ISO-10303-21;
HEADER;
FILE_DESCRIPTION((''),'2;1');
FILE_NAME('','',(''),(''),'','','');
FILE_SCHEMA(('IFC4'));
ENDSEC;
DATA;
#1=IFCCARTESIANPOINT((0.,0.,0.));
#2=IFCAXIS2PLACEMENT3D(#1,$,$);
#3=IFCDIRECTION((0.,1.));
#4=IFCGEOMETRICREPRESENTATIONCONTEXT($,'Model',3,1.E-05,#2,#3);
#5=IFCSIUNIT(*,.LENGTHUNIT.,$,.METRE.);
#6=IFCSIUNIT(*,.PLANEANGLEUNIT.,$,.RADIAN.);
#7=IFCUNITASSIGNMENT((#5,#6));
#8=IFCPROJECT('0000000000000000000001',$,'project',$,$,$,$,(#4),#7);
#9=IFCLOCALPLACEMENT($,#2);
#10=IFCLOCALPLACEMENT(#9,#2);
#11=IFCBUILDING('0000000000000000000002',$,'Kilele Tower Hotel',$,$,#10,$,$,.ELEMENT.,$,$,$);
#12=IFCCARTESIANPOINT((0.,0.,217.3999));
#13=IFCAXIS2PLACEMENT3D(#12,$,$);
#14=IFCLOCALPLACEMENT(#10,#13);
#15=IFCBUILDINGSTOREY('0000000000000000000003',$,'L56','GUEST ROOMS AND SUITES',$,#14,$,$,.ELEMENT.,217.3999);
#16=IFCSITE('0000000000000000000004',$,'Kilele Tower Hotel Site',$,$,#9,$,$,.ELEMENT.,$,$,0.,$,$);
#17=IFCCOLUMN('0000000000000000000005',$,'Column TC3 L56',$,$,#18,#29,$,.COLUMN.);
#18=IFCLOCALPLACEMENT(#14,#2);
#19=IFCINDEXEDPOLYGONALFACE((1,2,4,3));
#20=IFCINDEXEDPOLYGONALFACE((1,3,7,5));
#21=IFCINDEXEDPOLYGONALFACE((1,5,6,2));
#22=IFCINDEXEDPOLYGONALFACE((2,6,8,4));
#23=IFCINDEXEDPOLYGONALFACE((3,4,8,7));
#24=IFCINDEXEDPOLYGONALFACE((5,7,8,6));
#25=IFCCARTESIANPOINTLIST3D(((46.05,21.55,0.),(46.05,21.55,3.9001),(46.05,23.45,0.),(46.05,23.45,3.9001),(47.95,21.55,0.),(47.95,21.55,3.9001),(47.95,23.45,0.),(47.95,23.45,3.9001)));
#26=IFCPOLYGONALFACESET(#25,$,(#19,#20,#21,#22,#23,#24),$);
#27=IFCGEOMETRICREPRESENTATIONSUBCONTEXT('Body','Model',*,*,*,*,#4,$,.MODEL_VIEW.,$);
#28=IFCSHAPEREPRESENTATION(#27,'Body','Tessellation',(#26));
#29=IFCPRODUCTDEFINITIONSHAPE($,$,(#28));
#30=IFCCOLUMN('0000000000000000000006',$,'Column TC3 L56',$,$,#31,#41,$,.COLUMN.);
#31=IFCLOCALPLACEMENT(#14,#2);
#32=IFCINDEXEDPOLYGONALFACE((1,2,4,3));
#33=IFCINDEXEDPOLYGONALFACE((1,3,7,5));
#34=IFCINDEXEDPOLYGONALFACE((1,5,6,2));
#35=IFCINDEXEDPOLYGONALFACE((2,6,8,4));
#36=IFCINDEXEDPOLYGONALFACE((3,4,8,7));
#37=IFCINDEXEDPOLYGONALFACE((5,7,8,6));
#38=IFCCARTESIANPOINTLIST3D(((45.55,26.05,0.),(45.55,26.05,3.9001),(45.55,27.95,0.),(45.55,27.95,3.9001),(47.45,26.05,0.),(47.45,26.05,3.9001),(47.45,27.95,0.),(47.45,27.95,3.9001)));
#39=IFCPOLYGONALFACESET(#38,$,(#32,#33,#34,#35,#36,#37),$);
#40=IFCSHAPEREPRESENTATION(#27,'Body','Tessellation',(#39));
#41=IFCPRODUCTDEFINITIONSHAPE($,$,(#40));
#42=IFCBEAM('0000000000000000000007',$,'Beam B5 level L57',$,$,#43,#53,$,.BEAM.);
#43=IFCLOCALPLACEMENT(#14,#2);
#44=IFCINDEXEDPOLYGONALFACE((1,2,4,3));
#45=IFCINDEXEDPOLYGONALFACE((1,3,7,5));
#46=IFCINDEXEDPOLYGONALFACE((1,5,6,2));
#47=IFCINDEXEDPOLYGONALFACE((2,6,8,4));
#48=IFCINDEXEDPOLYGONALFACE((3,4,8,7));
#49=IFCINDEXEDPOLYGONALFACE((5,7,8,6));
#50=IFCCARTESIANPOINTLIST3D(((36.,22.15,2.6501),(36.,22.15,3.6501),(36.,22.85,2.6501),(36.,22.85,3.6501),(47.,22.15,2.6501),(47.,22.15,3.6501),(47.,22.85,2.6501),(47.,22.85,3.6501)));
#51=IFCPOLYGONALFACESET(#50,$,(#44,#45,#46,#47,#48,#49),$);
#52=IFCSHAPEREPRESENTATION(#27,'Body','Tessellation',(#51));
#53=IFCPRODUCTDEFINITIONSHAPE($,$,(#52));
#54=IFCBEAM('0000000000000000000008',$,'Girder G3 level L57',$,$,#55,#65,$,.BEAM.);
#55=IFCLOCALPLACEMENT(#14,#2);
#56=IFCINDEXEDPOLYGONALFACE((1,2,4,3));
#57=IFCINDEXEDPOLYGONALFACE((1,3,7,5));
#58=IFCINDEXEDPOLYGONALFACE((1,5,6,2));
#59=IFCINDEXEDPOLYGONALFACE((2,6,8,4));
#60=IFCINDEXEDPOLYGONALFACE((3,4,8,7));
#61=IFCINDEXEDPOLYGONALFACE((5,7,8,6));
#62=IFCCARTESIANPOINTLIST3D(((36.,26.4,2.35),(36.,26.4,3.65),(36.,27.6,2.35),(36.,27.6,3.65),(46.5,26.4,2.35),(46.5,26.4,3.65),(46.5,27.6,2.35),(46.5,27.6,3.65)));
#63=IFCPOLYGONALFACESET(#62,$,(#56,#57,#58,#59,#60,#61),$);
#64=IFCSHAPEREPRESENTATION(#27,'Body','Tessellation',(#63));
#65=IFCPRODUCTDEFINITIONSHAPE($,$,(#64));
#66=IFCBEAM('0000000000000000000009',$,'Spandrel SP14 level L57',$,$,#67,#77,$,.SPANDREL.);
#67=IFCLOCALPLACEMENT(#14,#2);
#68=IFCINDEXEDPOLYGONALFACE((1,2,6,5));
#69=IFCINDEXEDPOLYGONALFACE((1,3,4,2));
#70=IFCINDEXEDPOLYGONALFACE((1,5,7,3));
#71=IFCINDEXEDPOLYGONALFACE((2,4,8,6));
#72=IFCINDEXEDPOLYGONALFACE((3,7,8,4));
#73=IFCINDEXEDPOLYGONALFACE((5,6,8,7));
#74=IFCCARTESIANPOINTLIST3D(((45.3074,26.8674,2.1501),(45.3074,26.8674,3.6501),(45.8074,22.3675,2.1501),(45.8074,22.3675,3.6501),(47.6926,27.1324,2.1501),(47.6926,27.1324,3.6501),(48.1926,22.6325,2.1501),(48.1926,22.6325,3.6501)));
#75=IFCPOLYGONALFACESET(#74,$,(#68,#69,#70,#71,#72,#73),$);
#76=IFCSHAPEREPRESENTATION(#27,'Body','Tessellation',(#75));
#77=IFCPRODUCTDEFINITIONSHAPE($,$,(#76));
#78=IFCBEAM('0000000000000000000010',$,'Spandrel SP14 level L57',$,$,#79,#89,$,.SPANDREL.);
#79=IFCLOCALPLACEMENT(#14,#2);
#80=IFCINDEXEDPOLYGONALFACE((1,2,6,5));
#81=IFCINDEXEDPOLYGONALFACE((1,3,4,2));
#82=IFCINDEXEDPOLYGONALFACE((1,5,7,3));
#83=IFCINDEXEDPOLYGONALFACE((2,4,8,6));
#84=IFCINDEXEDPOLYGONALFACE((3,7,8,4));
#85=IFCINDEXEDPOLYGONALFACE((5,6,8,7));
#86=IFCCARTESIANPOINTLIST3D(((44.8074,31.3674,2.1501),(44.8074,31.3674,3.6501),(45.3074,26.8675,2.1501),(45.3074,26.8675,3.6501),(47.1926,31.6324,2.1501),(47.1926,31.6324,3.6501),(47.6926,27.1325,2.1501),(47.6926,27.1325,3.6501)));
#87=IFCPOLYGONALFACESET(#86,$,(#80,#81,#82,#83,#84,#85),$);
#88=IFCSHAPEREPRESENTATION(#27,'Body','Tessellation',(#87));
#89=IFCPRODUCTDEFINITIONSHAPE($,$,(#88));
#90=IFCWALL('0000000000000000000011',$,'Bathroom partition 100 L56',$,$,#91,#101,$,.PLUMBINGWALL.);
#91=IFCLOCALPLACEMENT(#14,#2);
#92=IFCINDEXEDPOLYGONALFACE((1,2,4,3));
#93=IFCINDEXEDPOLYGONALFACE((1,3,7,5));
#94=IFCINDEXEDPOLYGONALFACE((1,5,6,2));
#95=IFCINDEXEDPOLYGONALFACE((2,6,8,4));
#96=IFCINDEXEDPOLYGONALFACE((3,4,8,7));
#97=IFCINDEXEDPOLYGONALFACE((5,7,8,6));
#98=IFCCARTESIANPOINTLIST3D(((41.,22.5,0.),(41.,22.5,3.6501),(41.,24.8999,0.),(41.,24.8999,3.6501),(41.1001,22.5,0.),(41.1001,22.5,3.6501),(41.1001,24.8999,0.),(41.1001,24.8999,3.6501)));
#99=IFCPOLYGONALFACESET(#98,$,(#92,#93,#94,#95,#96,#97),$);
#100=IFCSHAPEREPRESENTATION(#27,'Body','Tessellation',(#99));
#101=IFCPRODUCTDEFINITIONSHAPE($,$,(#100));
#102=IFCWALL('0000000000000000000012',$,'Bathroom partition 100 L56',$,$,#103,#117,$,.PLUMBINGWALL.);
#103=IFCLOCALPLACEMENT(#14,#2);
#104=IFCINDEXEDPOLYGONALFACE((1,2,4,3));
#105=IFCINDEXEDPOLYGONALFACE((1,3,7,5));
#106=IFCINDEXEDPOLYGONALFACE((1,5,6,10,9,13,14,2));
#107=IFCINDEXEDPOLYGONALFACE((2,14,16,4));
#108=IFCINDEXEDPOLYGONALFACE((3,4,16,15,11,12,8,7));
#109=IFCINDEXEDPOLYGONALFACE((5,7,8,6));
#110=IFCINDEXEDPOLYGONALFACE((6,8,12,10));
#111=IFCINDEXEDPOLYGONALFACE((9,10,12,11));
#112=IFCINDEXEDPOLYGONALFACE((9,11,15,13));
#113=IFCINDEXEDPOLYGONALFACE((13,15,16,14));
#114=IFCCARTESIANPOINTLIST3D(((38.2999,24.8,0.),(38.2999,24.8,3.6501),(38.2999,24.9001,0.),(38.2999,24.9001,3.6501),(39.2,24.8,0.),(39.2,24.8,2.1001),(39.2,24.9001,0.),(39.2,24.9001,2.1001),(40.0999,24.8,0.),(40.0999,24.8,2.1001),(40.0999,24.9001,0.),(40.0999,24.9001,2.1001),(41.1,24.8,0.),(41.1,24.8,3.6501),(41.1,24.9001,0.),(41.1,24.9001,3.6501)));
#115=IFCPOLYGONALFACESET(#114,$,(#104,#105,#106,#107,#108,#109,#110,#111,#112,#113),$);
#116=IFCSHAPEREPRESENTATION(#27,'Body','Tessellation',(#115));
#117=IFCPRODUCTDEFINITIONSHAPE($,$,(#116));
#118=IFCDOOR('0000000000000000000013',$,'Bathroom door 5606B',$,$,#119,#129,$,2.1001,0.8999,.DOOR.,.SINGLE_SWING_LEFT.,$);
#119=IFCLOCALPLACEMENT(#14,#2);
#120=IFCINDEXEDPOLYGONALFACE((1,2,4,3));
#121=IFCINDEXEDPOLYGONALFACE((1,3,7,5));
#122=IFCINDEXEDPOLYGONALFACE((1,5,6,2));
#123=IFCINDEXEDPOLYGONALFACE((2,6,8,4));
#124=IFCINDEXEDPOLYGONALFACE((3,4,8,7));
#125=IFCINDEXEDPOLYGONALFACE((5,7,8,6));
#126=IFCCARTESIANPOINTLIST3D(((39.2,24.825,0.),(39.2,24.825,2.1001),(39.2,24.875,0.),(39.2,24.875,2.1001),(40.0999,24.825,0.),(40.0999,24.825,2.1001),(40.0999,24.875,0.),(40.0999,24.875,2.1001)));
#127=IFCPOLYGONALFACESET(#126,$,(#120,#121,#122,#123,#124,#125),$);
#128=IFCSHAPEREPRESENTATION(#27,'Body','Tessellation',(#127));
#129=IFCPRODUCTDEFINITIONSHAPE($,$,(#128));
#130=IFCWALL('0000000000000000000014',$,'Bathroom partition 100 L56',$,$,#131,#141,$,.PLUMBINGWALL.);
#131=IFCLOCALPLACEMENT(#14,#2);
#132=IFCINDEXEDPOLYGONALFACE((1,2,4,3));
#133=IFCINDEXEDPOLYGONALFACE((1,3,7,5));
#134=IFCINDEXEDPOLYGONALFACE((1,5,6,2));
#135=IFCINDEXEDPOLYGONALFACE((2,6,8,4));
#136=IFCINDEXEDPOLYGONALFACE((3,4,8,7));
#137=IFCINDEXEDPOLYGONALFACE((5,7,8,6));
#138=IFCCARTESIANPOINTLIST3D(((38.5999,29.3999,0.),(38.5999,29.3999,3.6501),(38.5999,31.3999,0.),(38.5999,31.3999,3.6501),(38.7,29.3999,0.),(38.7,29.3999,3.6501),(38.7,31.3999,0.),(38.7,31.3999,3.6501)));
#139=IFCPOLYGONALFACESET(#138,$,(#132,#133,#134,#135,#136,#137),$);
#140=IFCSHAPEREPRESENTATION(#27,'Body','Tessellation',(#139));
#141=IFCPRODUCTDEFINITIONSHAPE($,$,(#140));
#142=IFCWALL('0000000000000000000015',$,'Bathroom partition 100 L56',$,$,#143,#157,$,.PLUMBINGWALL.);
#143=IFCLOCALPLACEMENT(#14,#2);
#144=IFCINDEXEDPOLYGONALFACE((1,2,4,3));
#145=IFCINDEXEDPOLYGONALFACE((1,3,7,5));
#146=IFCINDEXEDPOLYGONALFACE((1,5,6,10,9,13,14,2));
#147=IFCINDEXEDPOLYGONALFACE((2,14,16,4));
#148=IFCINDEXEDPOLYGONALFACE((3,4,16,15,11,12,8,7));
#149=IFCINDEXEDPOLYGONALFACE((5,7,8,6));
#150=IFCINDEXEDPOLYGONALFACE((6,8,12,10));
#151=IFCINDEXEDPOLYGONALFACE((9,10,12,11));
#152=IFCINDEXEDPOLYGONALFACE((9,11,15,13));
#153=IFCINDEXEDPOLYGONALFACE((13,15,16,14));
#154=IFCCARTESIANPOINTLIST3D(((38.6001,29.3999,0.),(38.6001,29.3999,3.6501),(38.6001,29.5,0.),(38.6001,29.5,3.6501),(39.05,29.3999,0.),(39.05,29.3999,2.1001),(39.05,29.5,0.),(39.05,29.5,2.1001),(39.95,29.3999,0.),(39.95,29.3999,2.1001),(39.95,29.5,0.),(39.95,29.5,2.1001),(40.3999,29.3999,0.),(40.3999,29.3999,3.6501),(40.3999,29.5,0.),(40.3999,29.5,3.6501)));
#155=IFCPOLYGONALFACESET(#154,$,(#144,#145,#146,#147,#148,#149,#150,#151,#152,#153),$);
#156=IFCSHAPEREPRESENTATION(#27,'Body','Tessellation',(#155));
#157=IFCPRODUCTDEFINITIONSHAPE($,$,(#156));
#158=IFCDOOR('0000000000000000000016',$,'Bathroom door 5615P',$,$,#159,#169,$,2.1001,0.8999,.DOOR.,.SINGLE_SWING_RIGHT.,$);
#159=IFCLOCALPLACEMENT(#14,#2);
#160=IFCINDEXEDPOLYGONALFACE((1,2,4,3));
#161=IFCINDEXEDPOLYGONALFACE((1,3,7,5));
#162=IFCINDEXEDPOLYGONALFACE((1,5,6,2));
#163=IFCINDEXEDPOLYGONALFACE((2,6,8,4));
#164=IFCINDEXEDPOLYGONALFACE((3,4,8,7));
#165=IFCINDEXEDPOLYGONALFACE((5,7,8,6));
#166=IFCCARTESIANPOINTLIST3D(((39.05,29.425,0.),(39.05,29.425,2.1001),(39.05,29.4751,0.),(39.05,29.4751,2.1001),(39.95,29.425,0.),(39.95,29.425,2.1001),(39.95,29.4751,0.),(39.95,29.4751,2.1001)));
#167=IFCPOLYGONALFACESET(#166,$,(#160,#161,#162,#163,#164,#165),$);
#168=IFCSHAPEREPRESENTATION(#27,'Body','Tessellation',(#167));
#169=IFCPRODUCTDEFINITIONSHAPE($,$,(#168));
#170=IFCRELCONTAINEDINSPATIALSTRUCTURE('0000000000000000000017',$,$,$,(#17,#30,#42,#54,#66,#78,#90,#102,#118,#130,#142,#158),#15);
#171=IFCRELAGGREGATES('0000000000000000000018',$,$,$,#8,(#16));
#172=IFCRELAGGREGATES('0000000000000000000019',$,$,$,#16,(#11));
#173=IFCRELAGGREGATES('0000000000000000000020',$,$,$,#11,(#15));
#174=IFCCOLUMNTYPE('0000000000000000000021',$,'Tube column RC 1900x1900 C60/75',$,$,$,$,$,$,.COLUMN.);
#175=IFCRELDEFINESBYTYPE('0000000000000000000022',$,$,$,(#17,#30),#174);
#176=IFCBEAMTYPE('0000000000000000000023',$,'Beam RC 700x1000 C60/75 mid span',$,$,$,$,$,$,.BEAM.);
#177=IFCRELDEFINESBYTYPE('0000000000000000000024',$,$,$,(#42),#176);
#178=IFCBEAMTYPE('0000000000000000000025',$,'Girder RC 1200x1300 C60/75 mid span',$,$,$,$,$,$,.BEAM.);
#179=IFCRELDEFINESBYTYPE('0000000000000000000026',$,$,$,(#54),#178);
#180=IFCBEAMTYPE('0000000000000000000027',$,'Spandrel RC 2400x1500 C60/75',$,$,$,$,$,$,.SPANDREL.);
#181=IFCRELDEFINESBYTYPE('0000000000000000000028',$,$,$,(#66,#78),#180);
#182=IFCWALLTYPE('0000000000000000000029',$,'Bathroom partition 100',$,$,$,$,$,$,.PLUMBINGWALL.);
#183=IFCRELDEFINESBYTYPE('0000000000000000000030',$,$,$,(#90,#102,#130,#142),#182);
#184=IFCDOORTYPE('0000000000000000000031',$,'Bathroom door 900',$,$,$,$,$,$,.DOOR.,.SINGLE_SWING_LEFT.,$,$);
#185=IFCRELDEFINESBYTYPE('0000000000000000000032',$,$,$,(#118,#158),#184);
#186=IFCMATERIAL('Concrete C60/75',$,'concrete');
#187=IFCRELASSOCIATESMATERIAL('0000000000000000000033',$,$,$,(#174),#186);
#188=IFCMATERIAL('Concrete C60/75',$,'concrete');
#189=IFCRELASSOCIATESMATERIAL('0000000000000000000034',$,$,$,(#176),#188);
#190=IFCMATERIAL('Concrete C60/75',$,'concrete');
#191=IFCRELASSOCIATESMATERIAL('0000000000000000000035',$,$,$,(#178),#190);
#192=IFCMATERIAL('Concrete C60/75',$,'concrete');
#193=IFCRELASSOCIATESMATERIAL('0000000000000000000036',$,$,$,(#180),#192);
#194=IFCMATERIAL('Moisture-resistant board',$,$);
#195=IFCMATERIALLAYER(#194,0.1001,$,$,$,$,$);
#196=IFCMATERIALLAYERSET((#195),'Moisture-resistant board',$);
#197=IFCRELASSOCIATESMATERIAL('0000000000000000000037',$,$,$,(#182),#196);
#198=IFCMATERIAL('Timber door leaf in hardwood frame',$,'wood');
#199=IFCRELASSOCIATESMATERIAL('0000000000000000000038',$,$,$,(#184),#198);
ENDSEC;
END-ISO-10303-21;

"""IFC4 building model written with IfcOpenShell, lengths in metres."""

from ifc_helpers import new_model, si_unit, direction, frame, frame_2d, origin, origin_2d, place, context, subcontext, project, spatial, rectangle, extrude, material, layer, layer_set, material_profile, profile_set, type_object, element, fill, save


model = new_model("IFC4")

# Units and contexts
model_context = context("Model", 3, precision=1e-05, world=origin(), true_north=direction((0.0, 1.0)))
body_context = subcontext(model_context, "Body", "Model", "MODEL_VIEW")
ifc_project = project(units=[si_unit("LENGTHUNIT", "METRE"), si_unit("PLANEANGLEUNIT", "RADIAN")], contexts=[model_context])

# Site, building, storey
site_placement = place(None, origin())
site = spatial("IfcSite", under=ifc_project, at=site_placement, Name="Kilele Tower Hotel Site", CompositionType="ELEMENT", RefElevation=0.0)
building_placement = place(site_placement, origin())
building = spatial("IfcBuilding", under=site, at=building_placement, Name="Kilele Tower Hotel", CompositionType="ELEMENT")
storey_placement = place(building_placement, frame((0.0, 0.0, 217.3999)))
storey = spatial("IfcBuildingStorey", under=building, at=storey_placement, Name="L56", Description="GUEST ROOMS AND SUITES", CompositionType="ELEMENT", Elevation=217.3999)

# Columns
ifc_material_1 = material(Name="Concrete C60/75", Category="concrete")
ifc_material_profile_1 = material_profile(ifc_material_1, rectangle(XDim=1.8999, YDim=1.8999, at=origin_2d()))
ifc_profile_set_1 = profile_set([ifc_material_profile_1], Name="Concrete C60/75")
column_type = type_object("IfcColumnType", Name="Tube column RC 1900x1900 C60/75", PredefinedType="COLUMN", material=ifc_profile_set_1)
for number, where, z_axis, x_axis, name in (
    (1, (47.0, 22.5, 0.0), (0.0, 0.0, 1.0), (1.0, 0.0, 0.0), "Column TC3 L56"),
    (2, (46.5, 27.0, 0.0), (0.0, 0.0, 1.0), (1.0, 0.0, 0.0), "Column TC3 L56"),
):
    element("IfcColumn", number, at=place(storey_placement, frame(where, z_axis=z_axis, x_axis=x_axis)), inside=storey, type_object=column_type, Name=name, PredefinedType="COLUMN", context=body_context, shape_type="SweptSolid", body=[
        extrude(rectangle(XDim=1.8999, YDim=1.8999, at=origin_2d()), origin(), (0.0, 0.0, 1.0), 3.9001),
    ])

# Beams
ifc_material_2 = material(Name="Concrete C60/75", Category="concrete")
ifc_material_profile_2 = material_profile(ifc_material_2, rectangle(XDim=0.7, YDim=1.0, at=origin_2d()))
ifc_profile_set_2 = profile_set([ifc_material_profile_2], Name="Concrete C60/75")
beam_type_1 = type_object("IfcBeamType", Name="Beam RC 700x1000 C60/75 mid span", PredefinedType="BEAM", material=ifc_profile_set_2)
beam_1_placement = place(storey_placement, frame((47.0, 22.5, 3.1501), z_axis=(-1.0, 0.0, 0.0), x_axis=(0.0, -1.0, 0.0)))
element("IfcBeam", 3, at=beam_1_placement, inside=storey, type_object=beam_type_1, Name="Beam B5 level L57", PredefinedType="BEAM", context=body_context, shape_type="SweptSolid", body=[
    extrude(rectangle(XDim=0.7, YDim=1.0, at=origin_2d()), origin(), (0.0, 0.0, 1.0), 11.0),
])
ifc_material_3 = material(Name="Concrete C60/75", Category="concrete")
ifc_material_profile_3 = material_profile(ifc_material_3, rectangle(XDim=1.2, YDim=1.3, at=origin_2d()))
ifc_profile_set_3 = profile_set([ifc_material_profile_3], Name="Concrete C60/75")
beam_type_2 = type_object("IfcBeamType", Name="Girder RC 1200x1300 C60/75 mid span", PredefinedType="BEAM", material=ifc_profile_set_3)
beam_2_placement = place(storey_placement, frame((46.5, 27.0, 3.0), z_axis=(-1.0, 0.0, 0.0), x_axis=(0.0, -1.0, 0.0)))
element("IfcBeam", 4, at=beam_2_placement, inside=storey, type_object=beam_type_2, Name="Girder G3 level L57", PredefinedType="BEAM", context=body_context, shape_type="SweptSolid", body=[
    extrude(rectangle(XDim=1.2, YDim=1.3, at=origin_2d()), origin(), (0.0, 0.0, 1.0), 10.5),
])
ifc_material_4 = material(Name="Concrete C60/75", Category="concrete")
ifc_material_profile_4 = material_profile(ifc_material_4, rectangle(XDim=2.3999, YDim=1.5, at=origin_2d()))
ifc_profile_set_4 = profile_set([ifc_material_profile_4], Name="Concrete C60/75")
beam_type_3 = type_object("IfcBeamType", Name="Spandrel RC 2400x1500 C60/75", PredefinedType="SPANDREL", material=ifc_profile_set_4)
for number, where, z_axis, x_axis, name in (
    (5, (47.0, 22.5, 2.9001), (-0.110432, 0.993884, 0.0), (-0.993884, -0.110432, 0.0), "Spandrel SP14 level L57"),
    (6, (46.5, 27.0, 2.9001), (-0.110432, 0.993884, 0.0), (-0.993884, -0.110432, 0.0), "Spandrel SP14 level L57"),
):
    element("IfcBeam", number, at=place(storey_placement, frame(where, z_axis=z_axis, x_axis=x_axis)), inside=storey, type_object=beam_type_3, Name=name, PredefinedType="SPANDREL", context=body_context, shape_type="SweptSolid", body=[
        extrude(rectangle(XDim=2.3999, YDim=1.5, at=origin_2d()), origin(), (0.0, 0.0, 1.0), 4.5276),
    ])

# Wall
ifc_material_5 = material(Name="Moisture-resistant board")
ifc_layer_1 = layer(ifc_material_5, 0.1001)
ifc_layer_set_1 = layer_set([ifc_layer_1], Name="Moisture-resistant board")
wall_type_1 = type_object("IfcWallType", Name="Bathroom partition 100", PredefinedType="PLUMBINGWALL", material=ifc_layer_set_1)
wall_1_placement = place(storey_placement, frame((41.05, 22.5, 0.0), z_axis=(0.0, 0.0, 1.0), x_axis=(0.0, 1.0, 0.0)))
element("IfcWall", 7, at=wall_1_placement, inside=storey, type_object=wall_type_1, Name="Bathroom partition 100 L56", PredefinedType="PLUMBINGWALL", context=body_context, shape_type="SweptSolid", body=[
    extrude(rectangle(XDim=2.3999, YDim=0.1001, at=frame_2d((1.2, 0.0))), origin(), (0.0, 0.0, 1.0), 3.6501),
])

# Wall, opening, door
wall_2_placement = place(storey_placement, frame((38.3, 24.8501, 0.0), z_axis=(0.0, 0.0, 1.0), x_axis=(1.0, 0.0, 0.0)))
wall_2 = element("IfcWall", 8, at=wall_2_placement, inside=storey, type_object=wall_type_1, Name="Bathroom partition 100 L56", PredefinedType="PLUMBINGWALL", context=body_context, shape_type="SweptSolid", body=[
    extrude(rectangle(XDim=2.8, YDim=0.1001, at=frame_2d((1.3999, 0.0))), origin(), (0.0, 0.0, 1.0), 3.6501),
])
opening_1_placement = place(wall_2_placement, frame((0.8999, 0.0, 0.0)))
opening_1 = element("IfcOpeningElement", 9, at=opening_1_placement, cuts=wall_2, PredefinedType="OPENING", context=body_context, shape_type="SweptSolid", body=[
    extrude(rectangle(XDim=0.8999, YDim=2.1001, at=frame_2d((0.45, 1.05))), frame((0.0, 0.0601, 0.0), z_axis=(0.0, -1.0, 0.0), x_axis=(1.0, 0.0, 0.0)), (0.0, 0.0, 1.0), 0.1201),
])
ifc_material_6 = material(Name="Timber door leaf in hardwood frame", Category="wood")
door_type_1 = type_object("IfcDoorType", Name="Bathroom door 900", OperationType="SINGLE_SWING_LEFT", PredefinedType="DOOR", material=ifc_material_6)
door_1_placement = place(opening_1_placement, origin())
door_1 = element("IfcDoor", 10, at=door_1_placement, inside=storey, type_object=door_type_1, Name="Bathroom door 5606B", OperationType="SINGLE_SWING_LEFT", OverallHeight=2.1001, OverallWidth=0.8999, PredefinedType="DOOR", context=body_context, shape_type="SweptSolid", body=[
    extrude(rectangle(XDim=0.8999, YDim=2.1001, at=frame_2d((0.45, 1.05))), frame((0.0, 0.0249, 0.0), z_axis=(0.0, -1.0, 0.0), x_axis=(1.0, 0.0, 0.0)), (0.0, 0.0, 1.0), 0.05),
])
fill(opening_1, door_1)

# Wall
wall_3_placement = place(storey_placement, frame((38.6499, 31.3999, 0.0), z_axis=(0.0, 0.0, 1.0), x_axis=(0.0, -1.0, 0.0)))
element("IfcWall", 11, at=wall_3_placement, inside=storey, type_object=wall_type_1, Name="Bathroom partition 100 L56", PredefinedType="PLUMBINGWALL", context=body_context, shape_type="SweptSolid", body=[
    extrude(rectangle(XDim=2.0, YDim=0.1001, at=frame_2d((1.0, 0.0))), origin(), (0.0, 0.0, 1.0), 3.6501),
])

# Wall, opening, door
wall_4_placement = place(storey_placement, frame((38.6001, 29.45, 0.0), z_axis=(0.0, 0.0, 1.0), x_axis=(1.0, 0.0, 0.0)))
wall_4 = element("IfcWall", 12, at=wall_4_placement, inside=storey, type_object=wall_type_1, Name="Bathroom partition 100 L56", PredefinedType="PLUMBINGWALL", context=body_context, shape_type="SweptSolid", body=[
    extrude(rectangle(XDim=1.7998, YDim=0.1001, at=frame_2d((0.8999, 0.0))), origin(), (0.0, 0.0, 1.0), 3.6501),
])
opening_2_placement = place(wall_4_placement, frame((1.3499, 0.0, 0.0), z_axis=(0.0, 0.0, 1.0), x_axis=(-1.0, 0.0, 0.0)))
opening_2 = element("IfcOpeningElement", 13, at=opening_2_placement, cuts=wall_4, PredefinedType="OPENING", context=body_context, shape_type="SweptSolid", body=[
    extrude(rectangle(XDim=0.8999, YDim=2.1001, at=frame_2d((0.45, 1.05))), frame((0.0, 0.0601, 0.0), z_axis=(0.0, -1.0, 0.0), x_axis=(1.0, 0.0, 0.0)), (0.0, 0.0, 1.0), 0.1201),
])
door_2_placement = place(opening_2_placement, origin())
door_2 = element("IfcDoor", 14, at=door_2_placement, inside=storey, type_object=door_type_1, Name="Bathroom door 5615P", OperationType="SINGLE_SWING_RIGHT", OverallHeight=2.1001, OverallWidth=0.8999, PredefinedType="DOOR", context=body_context, shape_type="SweptSolid", body=[
    extrude(rectangle(XDim=0.8999, YDim=2.1001, at=frame_2d((0.45, 1.05))), frame((0.0, 0.0249, 0.0), z_axis=(0.0, -1.0, 0.0), x_axis=(1.0, 0.0, 0.0)), (0.0, 0.0, 1.0), 0.05),
])
fill(opening_2, door_2)

save(model, "model.ifc")
